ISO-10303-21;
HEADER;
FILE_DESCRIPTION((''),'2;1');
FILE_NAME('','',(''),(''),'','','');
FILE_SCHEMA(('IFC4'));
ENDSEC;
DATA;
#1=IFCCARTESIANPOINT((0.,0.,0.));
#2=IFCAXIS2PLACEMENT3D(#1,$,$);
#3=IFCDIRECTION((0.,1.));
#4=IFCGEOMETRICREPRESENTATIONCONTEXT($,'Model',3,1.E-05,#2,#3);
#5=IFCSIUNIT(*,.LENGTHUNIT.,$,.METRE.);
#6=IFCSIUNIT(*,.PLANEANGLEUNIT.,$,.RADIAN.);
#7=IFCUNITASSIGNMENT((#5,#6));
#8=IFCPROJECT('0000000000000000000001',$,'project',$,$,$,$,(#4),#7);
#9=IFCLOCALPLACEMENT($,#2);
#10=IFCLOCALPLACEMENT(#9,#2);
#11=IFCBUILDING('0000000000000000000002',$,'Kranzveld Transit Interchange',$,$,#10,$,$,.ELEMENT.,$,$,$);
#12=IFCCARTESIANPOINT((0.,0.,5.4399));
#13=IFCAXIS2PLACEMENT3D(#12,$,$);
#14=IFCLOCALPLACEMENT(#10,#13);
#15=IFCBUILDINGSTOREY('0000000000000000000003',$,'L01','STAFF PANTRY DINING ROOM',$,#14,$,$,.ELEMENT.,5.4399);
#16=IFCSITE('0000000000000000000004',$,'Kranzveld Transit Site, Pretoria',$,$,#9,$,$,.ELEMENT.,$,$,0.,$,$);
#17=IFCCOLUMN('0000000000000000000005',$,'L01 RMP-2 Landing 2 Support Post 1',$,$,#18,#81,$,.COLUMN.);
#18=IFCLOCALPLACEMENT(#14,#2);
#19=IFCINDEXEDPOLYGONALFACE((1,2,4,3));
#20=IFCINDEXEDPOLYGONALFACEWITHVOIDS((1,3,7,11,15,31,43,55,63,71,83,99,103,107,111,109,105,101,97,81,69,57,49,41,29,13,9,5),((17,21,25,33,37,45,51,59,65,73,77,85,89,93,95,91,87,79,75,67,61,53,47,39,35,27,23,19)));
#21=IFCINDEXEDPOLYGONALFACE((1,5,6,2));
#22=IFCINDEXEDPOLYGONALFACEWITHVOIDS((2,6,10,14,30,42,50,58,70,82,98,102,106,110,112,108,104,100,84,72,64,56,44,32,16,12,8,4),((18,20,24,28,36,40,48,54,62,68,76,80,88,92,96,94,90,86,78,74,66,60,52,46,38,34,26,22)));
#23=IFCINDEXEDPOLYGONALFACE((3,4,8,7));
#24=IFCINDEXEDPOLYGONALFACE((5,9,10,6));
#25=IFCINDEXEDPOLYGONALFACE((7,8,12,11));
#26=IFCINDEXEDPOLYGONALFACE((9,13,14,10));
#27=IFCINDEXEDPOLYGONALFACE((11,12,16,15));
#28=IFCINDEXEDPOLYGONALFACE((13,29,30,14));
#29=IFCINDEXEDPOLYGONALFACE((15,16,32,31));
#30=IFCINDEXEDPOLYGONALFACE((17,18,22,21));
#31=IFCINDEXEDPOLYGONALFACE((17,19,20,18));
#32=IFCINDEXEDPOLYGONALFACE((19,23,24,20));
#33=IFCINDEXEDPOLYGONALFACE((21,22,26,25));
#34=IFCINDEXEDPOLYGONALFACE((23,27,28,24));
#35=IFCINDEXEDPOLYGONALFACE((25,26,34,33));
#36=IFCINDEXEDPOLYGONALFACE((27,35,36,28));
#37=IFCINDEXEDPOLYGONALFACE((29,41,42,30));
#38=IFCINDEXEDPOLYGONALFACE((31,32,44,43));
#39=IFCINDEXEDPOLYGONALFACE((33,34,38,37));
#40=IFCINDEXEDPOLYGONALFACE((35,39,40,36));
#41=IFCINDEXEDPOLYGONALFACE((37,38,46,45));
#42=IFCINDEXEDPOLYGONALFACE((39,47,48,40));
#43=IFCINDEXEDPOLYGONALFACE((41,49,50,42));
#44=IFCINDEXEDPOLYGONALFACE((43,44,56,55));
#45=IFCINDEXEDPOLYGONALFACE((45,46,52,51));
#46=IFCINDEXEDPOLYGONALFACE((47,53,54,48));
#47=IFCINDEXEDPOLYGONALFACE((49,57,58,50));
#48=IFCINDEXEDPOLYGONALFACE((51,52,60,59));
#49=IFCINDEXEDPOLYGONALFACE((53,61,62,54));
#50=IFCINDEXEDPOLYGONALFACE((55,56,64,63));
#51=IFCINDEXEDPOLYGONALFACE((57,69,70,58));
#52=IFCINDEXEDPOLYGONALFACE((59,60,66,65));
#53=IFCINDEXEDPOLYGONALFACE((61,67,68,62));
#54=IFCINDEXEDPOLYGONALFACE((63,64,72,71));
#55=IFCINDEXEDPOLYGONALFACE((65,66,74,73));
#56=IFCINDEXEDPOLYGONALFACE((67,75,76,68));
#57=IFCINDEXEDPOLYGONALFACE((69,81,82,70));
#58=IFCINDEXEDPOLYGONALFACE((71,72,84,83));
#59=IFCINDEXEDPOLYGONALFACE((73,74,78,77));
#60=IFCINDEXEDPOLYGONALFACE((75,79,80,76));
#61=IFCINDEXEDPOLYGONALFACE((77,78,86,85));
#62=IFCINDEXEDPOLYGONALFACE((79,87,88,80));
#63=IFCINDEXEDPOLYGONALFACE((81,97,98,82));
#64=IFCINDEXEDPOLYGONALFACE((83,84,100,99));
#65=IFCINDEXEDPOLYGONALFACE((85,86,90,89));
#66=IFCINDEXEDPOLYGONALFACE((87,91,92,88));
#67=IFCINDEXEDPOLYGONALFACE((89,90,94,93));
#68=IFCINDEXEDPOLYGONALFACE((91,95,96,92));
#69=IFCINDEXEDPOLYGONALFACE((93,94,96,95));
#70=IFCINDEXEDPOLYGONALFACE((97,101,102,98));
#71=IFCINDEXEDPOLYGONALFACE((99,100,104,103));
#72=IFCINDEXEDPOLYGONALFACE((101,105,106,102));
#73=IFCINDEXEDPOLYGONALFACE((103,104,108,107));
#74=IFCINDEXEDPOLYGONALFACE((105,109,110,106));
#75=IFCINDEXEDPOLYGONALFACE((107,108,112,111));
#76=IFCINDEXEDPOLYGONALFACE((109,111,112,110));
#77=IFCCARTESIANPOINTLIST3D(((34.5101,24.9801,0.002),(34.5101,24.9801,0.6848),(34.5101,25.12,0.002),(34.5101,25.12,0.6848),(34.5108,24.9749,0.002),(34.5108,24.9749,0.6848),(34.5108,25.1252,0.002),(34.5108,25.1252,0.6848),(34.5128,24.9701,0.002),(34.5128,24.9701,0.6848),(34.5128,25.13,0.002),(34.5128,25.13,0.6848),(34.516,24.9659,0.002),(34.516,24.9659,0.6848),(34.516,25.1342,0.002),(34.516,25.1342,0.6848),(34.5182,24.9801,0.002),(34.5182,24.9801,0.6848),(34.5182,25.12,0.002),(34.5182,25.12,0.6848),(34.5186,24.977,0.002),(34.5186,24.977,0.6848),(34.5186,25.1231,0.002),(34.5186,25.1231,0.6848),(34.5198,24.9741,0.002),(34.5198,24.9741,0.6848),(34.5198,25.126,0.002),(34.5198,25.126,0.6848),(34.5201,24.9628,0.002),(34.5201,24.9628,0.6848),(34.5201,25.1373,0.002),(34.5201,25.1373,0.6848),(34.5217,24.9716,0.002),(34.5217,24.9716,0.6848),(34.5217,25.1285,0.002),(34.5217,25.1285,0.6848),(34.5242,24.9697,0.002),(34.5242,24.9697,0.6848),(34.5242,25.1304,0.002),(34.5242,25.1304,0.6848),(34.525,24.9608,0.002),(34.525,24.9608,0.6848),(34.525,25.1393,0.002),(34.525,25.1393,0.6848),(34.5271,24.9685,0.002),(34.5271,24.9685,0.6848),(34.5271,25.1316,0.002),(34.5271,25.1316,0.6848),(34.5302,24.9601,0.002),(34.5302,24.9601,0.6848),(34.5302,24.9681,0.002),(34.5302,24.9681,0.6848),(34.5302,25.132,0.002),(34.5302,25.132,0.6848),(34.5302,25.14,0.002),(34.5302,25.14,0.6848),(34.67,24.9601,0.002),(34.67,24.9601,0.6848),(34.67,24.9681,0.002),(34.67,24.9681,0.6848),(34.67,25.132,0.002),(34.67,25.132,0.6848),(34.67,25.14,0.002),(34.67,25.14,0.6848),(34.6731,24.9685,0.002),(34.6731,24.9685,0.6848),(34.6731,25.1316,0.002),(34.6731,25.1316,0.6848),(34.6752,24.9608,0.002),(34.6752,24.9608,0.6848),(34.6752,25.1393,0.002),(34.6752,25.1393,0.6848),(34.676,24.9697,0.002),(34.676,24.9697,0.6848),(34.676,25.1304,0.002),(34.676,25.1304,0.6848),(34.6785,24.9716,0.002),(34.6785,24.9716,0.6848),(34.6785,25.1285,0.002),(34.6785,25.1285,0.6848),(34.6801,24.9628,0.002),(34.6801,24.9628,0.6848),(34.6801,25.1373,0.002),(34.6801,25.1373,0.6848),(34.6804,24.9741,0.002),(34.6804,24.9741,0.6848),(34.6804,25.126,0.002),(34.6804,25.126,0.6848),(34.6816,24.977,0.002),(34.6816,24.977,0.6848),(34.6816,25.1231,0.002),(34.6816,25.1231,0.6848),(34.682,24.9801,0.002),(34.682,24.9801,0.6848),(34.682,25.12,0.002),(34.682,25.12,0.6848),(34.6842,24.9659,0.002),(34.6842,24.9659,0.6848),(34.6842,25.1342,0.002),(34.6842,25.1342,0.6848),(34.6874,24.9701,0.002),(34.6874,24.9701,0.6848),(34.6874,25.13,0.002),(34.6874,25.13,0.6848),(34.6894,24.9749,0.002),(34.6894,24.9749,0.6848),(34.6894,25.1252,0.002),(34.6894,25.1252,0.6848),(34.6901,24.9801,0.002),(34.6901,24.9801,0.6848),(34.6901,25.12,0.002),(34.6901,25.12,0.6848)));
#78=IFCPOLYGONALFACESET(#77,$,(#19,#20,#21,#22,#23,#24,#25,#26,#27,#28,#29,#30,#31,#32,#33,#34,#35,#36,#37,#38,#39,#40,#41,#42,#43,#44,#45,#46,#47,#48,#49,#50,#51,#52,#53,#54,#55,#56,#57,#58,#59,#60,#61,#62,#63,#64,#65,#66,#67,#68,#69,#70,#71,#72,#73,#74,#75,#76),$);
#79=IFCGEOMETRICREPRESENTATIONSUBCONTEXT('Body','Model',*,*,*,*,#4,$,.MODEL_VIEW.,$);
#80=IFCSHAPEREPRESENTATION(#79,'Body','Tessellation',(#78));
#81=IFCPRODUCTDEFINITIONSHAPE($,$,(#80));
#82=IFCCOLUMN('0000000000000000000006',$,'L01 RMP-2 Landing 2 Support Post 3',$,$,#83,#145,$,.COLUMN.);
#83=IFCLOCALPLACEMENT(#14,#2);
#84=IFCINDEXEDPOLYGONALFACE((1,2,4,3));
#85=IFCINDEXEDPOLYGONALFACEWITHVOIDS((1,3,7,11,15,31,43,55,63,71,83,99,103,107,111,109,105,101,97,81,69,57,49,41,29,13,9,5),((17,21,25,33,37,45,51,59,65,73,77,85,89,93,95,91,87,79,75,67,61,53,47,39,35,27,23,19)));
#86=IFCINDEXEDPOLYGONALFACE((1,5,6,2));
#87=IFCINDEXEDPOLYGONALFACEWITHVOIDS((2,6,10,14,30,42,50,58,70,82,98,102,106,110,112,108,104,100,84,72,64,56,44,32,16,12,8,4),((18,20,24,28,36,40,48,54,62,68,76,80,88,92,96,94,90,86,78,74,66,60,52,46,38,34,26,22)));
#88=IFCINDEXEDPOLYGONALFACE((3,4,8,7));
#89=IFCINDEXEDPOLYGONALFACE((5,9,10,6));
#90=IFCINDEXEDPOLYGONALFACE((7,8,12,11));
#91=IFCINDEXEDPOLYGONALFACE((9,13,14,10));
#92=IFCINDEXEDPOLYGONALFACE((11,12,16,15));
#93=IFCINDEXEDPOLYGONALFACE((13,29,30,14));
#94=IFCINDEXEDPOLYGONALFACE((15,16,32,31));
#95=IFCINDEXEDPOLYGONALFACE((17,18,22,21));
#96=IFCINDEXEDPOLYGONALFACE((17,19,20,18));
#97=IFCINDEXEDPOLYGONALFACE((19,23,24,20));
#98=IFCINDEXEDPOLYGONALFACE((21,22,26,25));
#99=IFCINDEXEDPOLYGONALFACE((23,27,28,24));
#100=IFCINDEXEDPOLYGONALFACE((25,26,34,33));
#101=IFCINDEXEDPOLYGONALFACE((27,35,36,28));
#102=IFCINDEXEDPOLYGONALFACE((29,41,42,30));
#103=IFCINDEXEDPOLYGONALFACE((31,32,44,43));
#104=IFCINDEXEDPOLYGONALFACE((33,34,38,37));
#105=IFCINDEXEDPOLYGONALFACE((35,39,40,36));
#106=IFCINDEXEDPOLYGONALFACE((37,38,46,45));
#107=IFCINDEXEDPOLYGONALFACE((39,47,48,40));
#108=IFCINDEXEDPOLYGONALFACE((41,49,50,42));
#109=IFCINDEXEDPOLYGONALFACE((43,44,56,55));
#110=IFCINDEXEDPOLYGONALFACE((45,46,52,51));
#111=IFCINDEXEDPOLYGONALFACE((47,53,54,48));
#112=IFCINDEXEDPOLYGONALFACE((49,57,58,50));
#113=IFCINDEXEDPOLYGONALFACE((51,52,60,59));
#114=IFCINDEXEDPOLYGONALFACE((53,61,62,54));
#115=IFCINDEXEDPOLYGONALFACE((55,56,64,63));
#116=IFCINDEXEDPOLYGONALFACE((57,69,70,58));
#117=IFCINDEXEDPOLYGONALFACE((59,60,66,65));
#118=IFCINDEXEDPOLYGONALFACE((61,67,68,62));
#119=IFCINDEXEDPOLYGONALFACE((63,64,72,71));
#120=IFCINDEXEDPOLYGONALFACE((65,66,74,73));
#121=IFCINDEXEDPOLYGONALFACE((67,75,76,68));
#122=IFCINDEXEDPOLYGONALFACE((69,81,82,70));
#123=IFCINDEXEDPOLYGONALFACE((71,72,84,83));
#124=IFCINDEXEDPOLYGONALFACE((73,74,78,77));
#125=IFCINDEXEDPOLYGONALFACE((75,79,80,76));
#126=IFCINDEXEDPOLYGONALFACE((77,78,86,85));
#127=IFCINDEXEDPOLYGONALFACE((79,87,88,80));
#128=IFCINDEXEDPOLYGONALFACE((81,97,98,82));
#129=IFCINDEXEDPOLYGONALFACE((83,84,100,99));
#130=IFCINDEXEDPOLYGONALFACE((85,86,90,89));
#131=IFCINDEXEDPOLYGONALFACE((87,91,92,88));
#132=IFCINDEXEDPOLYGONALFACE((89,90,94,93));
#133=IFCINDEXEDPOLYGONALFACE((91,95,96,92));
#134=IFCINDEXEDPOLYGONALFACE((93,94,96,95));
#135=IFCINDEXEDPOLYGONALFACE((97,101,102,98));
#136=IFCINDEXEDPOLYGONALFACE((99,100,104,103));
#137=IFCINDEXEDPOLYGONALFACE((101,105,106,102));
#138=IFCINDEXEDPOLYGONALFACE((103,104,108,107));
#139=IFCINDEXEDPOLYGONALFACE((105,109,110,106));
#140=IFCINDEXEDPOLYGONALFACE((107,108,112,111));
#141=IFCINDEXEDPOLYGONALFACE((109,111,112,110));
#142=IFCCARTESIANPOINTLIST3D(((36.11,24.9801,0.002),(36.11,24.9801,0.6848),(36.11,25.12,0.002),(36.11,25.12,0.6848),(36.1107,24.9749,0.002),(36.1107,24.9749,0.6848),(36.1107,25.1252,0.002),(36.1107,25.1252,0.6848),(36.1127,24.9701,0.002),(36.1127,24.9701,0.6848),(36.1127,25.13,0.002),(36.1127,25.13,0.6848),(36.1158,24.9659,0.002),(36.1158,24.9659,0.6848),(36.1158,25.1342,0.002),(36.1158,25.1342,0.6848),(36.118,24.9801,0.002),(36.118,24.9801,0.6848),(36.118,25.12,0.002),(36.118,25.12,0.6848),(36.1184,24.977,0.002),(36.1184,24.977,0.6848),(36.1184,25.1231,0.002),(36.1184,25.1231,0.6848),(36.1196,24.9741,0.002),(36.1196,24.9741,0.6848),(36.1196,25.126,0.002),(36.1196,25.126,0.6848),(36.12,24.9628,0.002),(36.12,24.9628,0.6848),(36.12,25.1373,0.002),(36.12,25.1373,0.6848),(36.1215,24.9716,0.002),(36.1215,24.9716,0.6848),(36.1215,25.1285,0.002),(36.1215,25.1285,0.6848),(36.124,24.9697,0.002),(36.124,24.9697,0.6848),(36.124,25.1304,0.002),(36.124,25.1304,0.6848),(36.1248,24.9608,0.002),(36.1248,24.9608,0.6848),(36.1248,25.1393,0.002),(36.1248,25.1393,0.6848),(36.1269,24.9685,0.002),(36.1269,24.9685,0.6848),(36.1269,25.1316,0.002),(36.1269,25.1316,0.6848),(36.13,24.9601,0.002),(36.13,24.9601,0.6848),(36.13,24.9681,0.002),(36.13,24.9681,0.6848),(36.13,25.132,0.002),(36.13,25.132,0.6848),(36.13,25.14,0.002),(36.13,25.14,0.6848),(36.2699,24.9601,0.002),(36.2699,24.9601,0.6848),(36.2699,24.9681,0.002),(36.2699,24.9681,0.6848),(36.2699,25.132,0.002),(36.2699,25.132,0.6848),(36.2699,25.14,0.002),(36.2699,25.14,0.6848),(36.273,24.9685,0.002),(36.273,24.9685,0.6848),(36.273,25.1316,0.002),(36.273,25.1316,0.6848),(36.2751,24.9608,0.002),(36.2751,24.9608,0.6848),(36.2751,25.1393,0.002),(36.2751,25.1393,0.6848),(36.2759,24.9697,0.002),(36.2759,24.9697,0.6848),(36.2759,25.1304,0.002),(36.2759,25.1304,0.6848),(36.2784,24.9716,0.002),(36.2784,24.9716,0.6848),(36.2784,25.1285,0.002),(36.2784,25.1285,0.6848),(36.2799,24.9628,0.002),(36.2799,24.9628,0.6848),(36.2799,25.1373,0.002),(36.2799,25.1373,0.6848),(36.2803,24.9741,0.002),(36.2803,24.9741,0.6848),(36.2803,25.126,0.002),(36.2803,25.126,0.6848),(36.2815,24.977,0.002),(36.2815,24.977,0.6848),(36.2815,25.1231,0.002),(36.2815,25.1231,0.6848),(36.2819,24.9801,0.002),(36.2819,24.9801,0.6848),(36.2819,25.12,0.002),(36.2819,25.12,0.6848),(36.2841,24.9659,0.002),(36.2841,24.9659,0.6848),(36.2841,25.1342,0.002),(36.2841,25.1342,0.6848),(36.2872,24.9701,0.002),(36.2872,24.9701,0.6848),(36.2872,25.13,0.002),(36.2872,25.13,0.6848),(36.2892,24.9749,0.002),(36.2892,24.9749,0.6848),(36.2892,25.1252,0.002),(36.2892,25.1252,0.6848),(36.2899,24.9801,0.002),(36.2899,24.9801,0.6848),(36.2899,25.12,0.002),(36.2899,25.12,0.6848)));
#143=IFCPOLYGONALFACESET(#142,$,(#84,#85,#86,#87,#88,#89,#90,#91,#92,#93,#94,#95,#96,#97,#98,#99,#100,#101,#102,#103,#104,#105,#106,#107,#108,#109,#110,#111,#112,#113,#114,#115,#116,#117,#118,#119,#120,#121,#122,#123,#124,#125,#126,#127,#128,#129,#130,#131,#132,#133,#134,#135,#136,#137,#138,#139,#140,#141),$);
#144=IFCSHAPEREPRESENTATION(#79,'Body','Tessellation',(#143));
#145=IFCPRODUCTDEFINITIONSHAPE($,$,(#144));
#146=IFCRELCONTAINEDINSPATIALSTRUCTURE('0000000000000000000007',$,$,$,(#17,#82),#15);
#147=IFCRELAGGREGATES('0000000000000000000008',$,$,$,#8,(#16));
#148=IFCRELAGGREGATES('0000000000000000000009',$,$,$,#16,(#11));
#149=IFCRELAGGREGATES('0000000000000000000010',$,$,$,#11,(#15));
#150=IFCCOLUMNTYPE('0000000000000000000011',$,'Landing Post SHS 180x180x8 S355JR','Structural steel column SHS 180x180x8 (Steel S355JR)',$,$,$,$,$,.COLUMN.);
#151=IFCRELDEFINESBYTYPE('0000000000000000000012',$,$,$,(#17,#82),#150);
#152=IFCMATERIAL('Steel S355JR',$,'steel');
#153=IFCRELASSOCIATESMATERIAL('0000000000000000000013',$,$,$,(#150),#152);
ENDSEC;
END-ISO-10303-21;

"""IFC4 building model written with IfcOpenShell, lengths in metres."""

from ifc_helpers import new_model, si_unit, direction, frame, origin, origin_2d, place, context, subcontext, project, spatial, hollow_rectangle, extrude, material, material_profile, profile_set, type_object, element, save


model = new_model("IFC4")

# Units and contexts
model_context = context("Model", 3, precision=1e-05, world=origin(), true_north=direction((0.0, 1.0)))
body_context = subcontext(model_context, "Body", "Model", "MODEL_VIEW")
ifc_project = project(units=[si_unit("LENGTHUNIT", "METRE"), si_unit("PLANEANGLEUNIT", "RADIAN")], contexts=[model_context])

# Site, building, storey
site_placement = place(None, origin())
site = spatial("IfcSite", under=ifc_project, at=site_placement, Name="Kranzveld Transit Site, Pretoria", CompositionType="ELEMENT", RefElevation=0.0)
building_placement = place(site_placement, origin())
building = spatial("IfcBuilding", under=site, at=building_placement, Name="Kranzveld Transit Interchange", CompositionType="ELEMENT")
storey_placement = place(building_placement, frame((0.0, 0.0, 5.4399)))
storey = spatial("IfcBuildingStorey", under=building, at=storey_placement, Name="L01", Description="STAFF PANTRY DINING ROOM", CompositionType="ELEMENT", Elevation=5.4399)

# Columns
ifc_material_1 = material(Name="Steel S355JR", Category="steel")
ifc_material_profile = material_profile(ifc_material_1, hollow_rectangle(XDim=0.1799, YDim=0.1799, WallThickness=0.0081, InnerFilletRadius=0.012, OuterFilletRadius=0.02, at=origin_2d()), Name="SHS 180x180x8")
ifc_profile_set = profile_set([ifc_material_profile], Name="Steel S355JR")
column_type = type_object("IfcColumnType", Name="Landing Post SHS 180x180x8 S355JR", Description="Structural steel column SHS 180x180x8 (Steel S355JR)", PredefinedType="COLUMN", material=ifc_profile_set)
for number, where, z_axis, x_axis, name in (
    (1, (34.6001, 25.05, 0.002), (0.0, 0.0, 1.0), (1.0, 0.0, 0.0), "L01 RMP-2 Landing 2 Support Post 1"),
    (2, (36.2, 25.05, 0.002), (0.0, 0.0, 1.0), (1.0, 0.0, 0.0), "L01 RMP-2 Landing 2 Support Post 3"),
):
    element("IfcColumn", number, at=place(storey_placement, frame(where, z_axis=z_axis, x_axis=x_axis)), inside=storey, type_object=column_type, Name=name, PredefinedType="COLUMN", context=body_context, shape_type="SweptSolid", body=[
        extrude(hollow_rectangle(XDim=0.1799, YDim=0.1799, WallThickness=0.0081, InnerFilletRadius=0.012, OuterFilletRadius=0.02, at=origin_2d()), origin(), (0.0, 0.0, 1.0), 0.6829),
    ])

save(model, "model.ifc")
